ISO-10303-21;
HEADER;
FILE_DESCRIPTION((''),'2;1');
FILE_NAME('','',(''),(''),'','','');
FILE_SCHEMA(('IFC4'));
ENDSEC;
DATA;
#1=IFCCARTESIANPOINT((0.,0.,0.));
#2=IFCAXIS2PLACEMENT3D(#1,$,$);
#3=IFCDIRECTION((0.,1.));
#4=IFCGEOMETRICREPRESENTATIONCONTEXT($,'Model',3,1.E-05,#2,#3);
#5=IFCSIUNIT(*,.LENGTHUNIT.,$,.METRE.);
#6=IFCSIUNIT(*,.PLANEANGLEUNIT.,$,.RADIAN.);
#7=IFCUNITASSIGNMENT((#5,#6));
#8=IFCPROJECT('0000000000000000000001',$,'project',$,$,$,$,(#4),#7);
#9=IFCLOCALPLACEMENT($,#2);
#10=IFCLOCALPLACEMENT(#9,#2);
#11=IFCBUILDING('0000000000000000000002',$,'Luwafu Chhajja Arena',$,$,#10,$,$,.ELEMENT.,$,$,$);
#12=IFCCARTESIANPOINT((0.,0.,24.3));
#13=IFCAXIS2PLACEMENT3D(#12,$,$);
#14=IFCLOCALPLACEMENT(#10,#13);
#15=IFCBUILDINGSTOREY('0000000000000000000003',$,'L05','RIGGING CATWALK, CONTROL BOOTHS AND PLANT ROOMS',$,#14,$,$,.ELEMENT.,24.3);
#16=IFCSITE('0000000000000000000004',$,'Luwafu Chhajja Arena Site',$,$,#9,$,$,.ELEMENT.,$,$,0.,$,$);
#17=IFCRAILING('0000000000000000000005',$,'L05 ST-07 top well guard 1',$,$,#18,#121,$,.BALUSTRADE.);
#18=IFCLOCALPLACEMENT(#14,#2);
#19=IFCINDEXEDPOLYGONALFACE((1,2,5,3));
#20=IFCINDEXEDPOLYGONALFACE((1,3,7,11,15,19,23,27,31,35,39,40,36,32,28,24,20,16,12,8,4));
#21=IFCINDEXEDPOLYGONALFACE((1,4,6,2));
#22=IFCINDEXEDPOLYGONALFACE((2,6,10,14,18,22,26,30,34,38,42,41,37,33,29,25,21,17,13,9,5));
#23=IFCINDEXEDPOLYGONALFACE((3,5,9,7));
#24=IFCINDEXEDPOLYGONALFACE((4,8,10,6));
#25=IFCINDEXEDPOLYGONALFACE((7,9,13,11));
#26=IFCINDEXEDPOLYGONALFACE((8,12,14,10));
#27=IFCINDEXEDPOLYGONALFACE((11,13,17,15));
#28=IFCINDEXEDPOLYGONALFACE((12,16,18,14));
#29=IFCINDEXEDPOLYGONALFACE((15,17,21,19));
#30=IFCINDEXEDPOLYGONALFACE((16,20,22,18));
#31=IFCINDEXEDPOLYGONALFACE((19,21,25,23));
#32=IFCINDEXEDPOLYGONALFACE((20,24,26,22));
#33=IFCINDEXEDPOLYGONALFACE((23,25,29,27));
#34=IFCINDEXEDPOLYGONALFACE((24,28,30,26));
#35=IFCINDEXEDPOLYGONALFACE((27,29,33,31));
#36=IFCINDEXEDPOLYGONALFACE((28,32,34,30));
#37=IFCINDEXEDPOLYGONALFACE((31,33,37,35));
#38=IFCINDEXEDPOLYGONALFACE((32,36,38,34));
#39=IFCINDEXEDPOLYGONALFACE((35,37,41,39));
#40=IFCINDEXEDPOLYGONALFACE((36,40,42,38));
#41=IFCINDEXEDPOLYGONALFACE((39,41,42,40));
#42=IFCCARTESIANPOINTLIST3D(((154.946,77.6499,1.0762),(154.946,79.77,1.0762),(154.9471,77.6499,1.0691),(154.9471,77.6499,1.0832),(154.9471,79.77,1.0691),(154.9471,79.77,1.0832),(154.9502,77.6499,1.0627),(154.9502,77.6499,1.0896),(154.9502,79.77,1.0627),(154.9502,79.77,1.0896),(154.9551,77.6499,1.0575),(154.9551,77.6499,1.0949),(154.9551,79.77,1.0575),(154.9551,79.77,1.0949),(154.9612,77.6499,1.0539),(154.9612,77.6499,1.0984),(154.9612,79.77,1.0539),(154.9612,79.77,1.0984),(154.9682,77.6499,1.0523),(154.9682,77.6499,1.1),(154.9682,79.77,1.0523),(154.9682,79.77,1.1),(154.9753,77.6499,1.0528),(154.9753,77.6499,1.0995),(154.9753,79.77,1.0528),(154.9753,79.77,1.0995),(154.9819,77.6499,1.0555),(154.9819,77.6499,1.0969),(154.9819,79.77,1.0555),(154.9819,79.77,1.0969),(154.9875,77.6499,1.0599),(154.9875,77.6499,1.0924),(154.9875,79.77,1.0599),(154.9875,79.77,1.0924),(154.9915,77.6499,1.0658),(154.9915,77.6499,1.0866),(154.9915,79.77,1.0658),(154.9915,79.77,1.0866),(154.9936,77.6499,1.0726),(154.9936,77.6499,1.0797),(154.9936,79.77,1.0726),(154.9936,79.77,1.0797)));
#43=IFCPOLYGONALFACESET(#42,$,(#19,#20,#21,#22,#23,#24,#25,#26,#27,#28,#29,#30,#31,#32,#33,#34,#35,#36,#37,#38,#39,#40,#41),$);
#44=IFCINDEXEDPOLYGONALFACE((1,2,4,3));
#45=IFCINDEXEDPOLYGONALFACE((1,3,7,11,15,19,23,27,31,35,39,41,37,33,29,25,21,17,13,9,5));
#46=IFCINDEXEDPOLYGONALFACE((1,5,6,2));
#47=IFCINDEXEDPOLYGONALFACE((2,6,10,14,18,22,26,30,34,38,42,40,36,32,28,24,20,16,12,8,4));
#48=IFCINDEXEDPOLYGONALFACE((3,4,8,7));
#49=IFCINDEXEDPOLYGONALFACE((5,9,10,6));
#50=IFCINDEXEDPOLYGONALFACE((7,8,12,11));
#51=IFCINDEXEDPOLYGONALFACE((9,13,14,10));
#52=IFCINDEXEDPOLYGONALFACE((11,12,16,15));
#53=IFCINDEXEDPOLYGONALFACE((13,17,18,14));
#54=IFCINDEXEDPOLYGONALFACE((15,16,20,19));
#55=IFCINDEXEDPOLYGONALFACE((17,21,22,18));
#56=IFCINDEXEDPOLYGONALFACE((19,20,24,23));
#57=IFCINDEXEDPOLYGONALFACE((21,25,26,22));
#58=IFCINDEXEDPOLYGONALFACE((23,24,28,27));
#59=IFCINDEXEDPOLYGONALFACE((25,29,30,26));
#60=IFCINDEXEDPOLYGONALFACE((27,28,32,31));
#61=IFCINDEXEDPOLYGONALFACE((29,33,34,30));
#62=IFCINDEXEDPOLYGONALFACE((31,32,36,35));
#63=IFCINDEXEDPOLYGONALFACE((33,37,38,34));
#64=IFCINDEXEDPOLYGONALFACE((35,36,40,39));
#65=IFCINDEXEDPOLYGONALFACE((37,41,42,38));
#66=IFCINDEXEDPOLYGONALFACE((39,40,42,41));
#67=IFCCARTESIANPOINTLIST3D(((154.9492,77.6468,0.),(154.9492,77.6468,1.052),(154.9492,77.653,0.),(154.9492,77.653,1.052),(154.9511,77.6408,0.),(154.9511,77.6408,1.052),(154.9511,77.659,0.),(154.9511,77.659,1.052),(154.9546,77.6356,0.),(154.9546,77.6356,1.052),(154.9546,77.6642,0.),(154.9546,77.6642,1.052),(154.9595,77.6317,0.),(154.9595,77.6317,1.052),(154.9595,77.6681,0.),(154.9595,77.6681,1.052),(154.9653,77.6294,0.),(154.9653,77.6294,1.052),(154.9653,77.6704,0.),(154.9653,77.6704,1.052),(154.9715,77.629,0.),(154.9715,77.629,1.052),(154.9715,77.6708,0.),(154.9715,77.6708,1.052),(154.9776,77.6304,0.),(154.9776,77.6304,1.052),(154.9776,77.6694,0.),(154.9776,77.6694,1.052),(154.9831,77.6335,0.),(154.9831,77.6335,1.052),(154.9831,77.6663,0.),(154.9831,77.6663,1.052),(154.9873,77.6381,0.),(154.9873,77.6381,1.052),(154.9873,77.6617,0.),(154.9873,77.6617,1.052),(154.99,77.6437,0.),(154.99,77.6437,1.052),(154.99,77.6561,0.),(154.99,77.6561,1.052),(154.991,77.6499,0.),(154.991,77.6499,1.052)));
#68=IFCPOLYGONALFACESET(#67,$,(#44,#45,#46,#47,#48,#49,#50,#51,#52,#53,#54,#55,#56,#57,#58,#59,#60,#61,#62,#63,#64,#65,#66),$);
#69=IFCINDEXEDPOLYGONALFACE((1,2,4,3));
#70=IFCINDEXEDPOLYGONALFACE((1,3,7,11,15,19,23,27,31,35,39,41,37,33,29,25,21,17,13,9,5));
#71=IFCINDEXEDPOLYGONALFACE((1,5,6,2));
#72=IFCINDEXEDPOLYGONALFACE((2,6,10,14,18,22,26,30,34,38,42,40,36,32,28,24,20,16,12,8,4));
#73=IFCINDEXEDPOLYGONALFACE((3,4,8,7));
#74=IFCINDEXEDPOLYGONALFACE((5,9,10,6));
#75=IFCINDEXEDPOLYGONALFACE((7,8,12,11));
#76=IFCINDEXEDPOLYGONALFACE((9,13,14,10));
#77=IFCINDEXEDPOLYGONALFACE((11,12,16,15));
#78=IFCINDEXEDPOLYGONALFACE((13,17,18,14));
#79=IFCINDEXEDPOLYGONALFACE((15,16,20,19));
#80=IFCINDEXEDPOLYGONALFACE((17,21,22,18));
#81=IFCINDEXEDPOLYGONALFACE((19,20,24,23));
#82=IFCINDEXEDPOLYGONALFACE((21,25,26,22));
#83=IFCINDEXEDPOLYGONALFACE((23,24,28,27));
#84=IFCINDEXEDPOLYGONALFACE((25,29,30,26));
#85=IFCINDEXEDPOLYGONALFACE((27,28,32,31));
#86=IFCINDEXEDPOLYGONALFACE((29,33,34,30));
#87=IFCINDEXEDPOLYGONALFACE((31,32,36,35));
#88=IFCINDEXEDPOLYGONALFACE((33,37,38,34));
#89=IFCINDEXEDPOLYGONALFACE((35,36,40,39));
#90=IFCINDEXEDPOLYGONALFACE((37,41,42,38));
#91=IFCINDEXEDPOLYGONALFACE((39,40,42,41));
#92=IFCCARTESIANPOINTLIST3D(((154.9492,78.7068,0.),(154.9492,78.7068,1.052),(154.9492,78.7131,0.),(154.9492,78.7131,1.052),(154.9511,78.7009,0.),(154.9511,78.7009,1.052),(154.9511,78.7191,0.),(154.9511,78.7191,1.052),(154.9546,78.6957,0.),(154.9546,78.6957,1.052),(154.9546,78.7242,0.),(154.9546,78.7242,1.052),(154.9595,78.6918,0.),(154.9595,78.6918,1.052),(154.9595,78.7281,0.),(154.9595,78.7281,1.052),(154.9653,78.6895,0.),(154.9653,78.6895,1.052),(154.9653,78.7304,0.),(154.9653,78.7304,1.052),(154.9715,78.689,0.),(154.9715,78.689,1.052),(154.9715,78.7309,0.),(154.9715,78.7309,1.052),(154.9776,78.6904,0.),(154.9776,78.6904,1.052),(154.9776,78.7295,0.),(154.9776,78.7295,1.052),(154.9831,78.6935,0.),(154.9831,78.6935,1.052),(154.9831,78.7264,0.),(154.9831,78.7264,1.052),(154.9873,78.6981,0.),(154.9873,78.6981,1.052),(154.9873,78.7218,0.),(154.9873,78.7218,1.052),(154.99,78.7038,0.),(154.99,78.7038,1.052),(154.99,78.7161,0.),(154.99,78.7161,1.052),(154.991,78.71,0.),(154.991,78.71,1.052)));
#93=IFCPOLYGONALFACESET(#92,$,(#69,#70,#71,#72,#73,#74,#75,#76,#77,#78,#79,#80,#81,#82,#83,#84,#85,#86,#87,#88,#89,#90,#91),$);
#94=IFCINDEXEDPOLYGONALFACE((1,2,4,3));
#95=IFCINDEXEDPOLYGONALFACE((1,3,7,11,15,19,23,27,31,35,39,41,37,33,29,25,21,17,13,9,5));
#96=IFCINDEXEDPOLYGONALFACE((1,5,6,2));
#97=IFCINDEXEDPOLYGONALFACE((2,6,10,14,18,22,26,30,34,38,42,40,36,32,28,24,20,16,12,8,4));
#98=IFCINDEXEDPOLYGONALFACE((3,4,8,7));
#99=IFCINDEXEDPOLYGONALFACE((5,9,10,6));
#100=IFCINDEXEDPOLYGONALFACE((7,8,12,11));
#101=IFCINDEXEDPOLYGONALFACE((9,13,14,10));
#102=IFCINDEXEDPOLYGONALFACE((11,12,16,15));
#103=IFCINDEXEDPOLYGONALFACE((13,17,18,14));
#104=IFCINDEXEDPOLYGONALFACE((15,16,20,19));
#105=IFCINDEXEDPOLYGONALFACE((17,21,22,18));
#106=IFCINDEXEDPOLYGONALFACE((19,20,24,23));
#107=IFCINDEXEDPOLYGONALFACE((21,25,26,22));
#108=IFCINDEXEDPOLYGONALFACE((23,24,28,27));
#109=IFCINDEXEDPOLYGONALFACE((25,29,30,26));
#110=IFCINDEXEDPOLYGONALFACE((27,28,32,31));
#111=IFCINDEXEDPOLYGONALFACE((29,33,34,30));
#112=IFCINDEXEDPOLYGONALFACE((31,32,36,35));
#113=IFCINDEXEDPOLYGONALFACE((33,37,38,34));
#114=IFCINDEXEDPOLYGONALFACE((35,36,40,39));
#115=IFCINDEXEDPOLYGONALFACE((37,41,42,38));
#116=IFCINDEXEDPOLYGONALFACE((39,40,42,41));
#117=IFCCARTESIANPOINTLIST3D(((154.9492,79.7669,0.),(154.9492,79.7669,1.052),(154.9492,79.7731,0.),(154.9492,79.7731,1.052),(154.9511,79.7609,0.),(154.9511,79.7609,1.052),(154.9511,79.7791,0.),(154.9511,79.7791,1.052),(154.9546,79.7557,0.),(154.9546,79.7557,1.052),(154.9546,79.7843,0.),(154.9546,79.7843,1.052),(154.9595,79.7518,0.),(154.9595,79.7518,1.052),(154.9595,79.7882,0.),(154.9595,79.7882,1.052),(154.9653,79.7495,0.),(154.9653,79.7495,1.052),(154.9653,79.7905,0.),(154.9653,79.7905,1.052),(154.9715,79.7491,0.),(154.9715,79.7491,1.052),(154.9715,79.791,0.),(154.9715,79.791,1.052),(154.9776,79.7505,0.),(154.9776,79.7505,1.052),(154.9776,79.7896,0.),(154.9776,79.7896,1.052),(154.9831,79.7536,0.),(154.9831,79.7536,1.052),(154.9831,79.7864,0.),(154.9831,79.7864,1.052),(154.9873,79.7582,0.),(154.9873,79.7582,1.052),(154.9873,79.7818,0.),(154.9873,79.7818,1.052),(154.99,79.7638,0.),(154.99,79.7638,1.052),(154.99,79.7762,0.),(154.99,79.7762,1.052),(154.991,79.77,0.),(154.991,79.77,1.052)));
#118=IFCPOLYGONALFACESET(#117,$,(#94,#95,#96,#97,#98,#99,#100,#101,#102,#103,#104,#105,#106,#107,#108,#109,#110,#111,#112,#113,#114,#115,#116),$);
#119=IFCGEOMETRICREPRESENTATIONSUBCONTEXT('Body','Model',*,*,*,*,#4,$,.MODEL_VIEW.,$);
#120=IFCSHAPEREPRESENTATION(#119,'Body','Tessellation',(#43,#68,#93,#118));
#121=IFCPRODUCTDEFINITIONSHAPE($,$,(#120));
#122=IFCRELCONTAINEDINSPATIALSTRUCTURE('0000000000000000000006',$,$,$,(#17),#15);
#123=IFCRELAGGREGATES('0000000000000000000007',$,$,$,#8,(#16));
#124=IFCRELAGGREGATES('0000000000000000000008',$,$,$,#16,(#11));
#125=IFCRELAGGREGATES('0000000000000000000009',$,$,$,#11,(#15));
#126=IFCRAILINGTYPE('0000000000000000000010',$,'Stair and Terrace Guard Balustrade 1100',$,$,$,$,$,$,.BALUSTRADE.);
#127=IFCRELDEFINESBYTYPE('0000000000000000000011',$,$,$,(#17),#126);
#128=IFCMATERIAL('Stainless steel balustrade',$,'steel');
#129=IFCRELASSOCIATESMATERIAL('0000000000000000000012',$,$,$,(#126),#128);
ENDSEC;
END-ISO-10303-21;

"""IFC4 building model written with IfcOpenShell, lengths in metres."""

from ifc_helpers import new_model, si_unit, direction, frame, origin, origin_2d, place, context, subcontext, project, spatial, circle, extrude, material, type_object, element, save


model = new_model("IFC4")

# Units and contexts
model_context = context("Model", 3, precision=1e-05, world=origin(), true_north=direction((0.0, 1.0)))
body_context = subcontext(model_context, "Body", "Model", "MODEL_VIEW")
ifc_project = project(units=[si_unit("LENGTHUNIT", "METRE"), si_unit("PLANEANGLEUNIT", "RADIAN")], contexts=[model_context])

# Site, building, storey
site_placement = place(None, origin())
site = spatial("IfcSite", under=ifc_project, at=site_placement, Name="Luwafu Chhajja Arena Site", CompositionType="ELEMENT", RefElevation=0.0)
building_placement = place(site_placement, origin())
building = spatial("IfcBuilding", under=site, at=building_placement, Name="Luwafu Chhajja Arena", CompositionType="ELEMENT")
storey_placement = place(building_placement, frame((0.0, 0.0, 24.3)))
storey = spatial("IfcBuildingStorey", under=building, at=storey_placement, Name="L05", Description="RIGGING CATWALK, CONTROL BOOTHS AND PLANT ROOMS", CompositionType="ELEMENT", Elevation=24.3)

# Railing
ifc_material_1 = material(Name="Stainless steel balustrade", Category="steel")
railing_type_1 = type_object("IfcRailingType", Name="Stair and Terrace Guard Balustrade 1100", PredefinedType="BALUSTRADE", material=ifc_material_1)
railing_1_placement = place(storey_placement, frame((154.97, 77.6499, 0.0)))
element("IfcRailing", 1, at=railing_1_placement, inside=storey, type_object=railing_type_1, Name="L05 ST-07 top well guard 1", PredefinedType="BALUSTRADE", context=body_context, shape_type="SweptSolid", body=[
    extrude(circle(Radius=0.0239, at=origin_2d()), frame((0.0, 0.0, 1.0762), z_axis=(0.0, 1.0, 0.0), x_axis=(-1.0, 0.0, 0.0)), (0.0, 0.0, 1.0), 2.1201),
    extrude(circle(Radius=0.021, at=origin_2d()), origin(), (0.0, 0.0, 1.0), 1.052),
    extrude(circle(Radius=0.021, at=origin_2d()), frame((0.0, 1.0601, 0.0)), (0.0, 0.0, 1.0), 1.052),
    extrude(circle(Radius=0.021, at=origin_2d()), frame((0.0, 2.1201, 0.0)), (0.0, 0.0, 1.0), 1.052),
])

save(model, "model.ifc")
